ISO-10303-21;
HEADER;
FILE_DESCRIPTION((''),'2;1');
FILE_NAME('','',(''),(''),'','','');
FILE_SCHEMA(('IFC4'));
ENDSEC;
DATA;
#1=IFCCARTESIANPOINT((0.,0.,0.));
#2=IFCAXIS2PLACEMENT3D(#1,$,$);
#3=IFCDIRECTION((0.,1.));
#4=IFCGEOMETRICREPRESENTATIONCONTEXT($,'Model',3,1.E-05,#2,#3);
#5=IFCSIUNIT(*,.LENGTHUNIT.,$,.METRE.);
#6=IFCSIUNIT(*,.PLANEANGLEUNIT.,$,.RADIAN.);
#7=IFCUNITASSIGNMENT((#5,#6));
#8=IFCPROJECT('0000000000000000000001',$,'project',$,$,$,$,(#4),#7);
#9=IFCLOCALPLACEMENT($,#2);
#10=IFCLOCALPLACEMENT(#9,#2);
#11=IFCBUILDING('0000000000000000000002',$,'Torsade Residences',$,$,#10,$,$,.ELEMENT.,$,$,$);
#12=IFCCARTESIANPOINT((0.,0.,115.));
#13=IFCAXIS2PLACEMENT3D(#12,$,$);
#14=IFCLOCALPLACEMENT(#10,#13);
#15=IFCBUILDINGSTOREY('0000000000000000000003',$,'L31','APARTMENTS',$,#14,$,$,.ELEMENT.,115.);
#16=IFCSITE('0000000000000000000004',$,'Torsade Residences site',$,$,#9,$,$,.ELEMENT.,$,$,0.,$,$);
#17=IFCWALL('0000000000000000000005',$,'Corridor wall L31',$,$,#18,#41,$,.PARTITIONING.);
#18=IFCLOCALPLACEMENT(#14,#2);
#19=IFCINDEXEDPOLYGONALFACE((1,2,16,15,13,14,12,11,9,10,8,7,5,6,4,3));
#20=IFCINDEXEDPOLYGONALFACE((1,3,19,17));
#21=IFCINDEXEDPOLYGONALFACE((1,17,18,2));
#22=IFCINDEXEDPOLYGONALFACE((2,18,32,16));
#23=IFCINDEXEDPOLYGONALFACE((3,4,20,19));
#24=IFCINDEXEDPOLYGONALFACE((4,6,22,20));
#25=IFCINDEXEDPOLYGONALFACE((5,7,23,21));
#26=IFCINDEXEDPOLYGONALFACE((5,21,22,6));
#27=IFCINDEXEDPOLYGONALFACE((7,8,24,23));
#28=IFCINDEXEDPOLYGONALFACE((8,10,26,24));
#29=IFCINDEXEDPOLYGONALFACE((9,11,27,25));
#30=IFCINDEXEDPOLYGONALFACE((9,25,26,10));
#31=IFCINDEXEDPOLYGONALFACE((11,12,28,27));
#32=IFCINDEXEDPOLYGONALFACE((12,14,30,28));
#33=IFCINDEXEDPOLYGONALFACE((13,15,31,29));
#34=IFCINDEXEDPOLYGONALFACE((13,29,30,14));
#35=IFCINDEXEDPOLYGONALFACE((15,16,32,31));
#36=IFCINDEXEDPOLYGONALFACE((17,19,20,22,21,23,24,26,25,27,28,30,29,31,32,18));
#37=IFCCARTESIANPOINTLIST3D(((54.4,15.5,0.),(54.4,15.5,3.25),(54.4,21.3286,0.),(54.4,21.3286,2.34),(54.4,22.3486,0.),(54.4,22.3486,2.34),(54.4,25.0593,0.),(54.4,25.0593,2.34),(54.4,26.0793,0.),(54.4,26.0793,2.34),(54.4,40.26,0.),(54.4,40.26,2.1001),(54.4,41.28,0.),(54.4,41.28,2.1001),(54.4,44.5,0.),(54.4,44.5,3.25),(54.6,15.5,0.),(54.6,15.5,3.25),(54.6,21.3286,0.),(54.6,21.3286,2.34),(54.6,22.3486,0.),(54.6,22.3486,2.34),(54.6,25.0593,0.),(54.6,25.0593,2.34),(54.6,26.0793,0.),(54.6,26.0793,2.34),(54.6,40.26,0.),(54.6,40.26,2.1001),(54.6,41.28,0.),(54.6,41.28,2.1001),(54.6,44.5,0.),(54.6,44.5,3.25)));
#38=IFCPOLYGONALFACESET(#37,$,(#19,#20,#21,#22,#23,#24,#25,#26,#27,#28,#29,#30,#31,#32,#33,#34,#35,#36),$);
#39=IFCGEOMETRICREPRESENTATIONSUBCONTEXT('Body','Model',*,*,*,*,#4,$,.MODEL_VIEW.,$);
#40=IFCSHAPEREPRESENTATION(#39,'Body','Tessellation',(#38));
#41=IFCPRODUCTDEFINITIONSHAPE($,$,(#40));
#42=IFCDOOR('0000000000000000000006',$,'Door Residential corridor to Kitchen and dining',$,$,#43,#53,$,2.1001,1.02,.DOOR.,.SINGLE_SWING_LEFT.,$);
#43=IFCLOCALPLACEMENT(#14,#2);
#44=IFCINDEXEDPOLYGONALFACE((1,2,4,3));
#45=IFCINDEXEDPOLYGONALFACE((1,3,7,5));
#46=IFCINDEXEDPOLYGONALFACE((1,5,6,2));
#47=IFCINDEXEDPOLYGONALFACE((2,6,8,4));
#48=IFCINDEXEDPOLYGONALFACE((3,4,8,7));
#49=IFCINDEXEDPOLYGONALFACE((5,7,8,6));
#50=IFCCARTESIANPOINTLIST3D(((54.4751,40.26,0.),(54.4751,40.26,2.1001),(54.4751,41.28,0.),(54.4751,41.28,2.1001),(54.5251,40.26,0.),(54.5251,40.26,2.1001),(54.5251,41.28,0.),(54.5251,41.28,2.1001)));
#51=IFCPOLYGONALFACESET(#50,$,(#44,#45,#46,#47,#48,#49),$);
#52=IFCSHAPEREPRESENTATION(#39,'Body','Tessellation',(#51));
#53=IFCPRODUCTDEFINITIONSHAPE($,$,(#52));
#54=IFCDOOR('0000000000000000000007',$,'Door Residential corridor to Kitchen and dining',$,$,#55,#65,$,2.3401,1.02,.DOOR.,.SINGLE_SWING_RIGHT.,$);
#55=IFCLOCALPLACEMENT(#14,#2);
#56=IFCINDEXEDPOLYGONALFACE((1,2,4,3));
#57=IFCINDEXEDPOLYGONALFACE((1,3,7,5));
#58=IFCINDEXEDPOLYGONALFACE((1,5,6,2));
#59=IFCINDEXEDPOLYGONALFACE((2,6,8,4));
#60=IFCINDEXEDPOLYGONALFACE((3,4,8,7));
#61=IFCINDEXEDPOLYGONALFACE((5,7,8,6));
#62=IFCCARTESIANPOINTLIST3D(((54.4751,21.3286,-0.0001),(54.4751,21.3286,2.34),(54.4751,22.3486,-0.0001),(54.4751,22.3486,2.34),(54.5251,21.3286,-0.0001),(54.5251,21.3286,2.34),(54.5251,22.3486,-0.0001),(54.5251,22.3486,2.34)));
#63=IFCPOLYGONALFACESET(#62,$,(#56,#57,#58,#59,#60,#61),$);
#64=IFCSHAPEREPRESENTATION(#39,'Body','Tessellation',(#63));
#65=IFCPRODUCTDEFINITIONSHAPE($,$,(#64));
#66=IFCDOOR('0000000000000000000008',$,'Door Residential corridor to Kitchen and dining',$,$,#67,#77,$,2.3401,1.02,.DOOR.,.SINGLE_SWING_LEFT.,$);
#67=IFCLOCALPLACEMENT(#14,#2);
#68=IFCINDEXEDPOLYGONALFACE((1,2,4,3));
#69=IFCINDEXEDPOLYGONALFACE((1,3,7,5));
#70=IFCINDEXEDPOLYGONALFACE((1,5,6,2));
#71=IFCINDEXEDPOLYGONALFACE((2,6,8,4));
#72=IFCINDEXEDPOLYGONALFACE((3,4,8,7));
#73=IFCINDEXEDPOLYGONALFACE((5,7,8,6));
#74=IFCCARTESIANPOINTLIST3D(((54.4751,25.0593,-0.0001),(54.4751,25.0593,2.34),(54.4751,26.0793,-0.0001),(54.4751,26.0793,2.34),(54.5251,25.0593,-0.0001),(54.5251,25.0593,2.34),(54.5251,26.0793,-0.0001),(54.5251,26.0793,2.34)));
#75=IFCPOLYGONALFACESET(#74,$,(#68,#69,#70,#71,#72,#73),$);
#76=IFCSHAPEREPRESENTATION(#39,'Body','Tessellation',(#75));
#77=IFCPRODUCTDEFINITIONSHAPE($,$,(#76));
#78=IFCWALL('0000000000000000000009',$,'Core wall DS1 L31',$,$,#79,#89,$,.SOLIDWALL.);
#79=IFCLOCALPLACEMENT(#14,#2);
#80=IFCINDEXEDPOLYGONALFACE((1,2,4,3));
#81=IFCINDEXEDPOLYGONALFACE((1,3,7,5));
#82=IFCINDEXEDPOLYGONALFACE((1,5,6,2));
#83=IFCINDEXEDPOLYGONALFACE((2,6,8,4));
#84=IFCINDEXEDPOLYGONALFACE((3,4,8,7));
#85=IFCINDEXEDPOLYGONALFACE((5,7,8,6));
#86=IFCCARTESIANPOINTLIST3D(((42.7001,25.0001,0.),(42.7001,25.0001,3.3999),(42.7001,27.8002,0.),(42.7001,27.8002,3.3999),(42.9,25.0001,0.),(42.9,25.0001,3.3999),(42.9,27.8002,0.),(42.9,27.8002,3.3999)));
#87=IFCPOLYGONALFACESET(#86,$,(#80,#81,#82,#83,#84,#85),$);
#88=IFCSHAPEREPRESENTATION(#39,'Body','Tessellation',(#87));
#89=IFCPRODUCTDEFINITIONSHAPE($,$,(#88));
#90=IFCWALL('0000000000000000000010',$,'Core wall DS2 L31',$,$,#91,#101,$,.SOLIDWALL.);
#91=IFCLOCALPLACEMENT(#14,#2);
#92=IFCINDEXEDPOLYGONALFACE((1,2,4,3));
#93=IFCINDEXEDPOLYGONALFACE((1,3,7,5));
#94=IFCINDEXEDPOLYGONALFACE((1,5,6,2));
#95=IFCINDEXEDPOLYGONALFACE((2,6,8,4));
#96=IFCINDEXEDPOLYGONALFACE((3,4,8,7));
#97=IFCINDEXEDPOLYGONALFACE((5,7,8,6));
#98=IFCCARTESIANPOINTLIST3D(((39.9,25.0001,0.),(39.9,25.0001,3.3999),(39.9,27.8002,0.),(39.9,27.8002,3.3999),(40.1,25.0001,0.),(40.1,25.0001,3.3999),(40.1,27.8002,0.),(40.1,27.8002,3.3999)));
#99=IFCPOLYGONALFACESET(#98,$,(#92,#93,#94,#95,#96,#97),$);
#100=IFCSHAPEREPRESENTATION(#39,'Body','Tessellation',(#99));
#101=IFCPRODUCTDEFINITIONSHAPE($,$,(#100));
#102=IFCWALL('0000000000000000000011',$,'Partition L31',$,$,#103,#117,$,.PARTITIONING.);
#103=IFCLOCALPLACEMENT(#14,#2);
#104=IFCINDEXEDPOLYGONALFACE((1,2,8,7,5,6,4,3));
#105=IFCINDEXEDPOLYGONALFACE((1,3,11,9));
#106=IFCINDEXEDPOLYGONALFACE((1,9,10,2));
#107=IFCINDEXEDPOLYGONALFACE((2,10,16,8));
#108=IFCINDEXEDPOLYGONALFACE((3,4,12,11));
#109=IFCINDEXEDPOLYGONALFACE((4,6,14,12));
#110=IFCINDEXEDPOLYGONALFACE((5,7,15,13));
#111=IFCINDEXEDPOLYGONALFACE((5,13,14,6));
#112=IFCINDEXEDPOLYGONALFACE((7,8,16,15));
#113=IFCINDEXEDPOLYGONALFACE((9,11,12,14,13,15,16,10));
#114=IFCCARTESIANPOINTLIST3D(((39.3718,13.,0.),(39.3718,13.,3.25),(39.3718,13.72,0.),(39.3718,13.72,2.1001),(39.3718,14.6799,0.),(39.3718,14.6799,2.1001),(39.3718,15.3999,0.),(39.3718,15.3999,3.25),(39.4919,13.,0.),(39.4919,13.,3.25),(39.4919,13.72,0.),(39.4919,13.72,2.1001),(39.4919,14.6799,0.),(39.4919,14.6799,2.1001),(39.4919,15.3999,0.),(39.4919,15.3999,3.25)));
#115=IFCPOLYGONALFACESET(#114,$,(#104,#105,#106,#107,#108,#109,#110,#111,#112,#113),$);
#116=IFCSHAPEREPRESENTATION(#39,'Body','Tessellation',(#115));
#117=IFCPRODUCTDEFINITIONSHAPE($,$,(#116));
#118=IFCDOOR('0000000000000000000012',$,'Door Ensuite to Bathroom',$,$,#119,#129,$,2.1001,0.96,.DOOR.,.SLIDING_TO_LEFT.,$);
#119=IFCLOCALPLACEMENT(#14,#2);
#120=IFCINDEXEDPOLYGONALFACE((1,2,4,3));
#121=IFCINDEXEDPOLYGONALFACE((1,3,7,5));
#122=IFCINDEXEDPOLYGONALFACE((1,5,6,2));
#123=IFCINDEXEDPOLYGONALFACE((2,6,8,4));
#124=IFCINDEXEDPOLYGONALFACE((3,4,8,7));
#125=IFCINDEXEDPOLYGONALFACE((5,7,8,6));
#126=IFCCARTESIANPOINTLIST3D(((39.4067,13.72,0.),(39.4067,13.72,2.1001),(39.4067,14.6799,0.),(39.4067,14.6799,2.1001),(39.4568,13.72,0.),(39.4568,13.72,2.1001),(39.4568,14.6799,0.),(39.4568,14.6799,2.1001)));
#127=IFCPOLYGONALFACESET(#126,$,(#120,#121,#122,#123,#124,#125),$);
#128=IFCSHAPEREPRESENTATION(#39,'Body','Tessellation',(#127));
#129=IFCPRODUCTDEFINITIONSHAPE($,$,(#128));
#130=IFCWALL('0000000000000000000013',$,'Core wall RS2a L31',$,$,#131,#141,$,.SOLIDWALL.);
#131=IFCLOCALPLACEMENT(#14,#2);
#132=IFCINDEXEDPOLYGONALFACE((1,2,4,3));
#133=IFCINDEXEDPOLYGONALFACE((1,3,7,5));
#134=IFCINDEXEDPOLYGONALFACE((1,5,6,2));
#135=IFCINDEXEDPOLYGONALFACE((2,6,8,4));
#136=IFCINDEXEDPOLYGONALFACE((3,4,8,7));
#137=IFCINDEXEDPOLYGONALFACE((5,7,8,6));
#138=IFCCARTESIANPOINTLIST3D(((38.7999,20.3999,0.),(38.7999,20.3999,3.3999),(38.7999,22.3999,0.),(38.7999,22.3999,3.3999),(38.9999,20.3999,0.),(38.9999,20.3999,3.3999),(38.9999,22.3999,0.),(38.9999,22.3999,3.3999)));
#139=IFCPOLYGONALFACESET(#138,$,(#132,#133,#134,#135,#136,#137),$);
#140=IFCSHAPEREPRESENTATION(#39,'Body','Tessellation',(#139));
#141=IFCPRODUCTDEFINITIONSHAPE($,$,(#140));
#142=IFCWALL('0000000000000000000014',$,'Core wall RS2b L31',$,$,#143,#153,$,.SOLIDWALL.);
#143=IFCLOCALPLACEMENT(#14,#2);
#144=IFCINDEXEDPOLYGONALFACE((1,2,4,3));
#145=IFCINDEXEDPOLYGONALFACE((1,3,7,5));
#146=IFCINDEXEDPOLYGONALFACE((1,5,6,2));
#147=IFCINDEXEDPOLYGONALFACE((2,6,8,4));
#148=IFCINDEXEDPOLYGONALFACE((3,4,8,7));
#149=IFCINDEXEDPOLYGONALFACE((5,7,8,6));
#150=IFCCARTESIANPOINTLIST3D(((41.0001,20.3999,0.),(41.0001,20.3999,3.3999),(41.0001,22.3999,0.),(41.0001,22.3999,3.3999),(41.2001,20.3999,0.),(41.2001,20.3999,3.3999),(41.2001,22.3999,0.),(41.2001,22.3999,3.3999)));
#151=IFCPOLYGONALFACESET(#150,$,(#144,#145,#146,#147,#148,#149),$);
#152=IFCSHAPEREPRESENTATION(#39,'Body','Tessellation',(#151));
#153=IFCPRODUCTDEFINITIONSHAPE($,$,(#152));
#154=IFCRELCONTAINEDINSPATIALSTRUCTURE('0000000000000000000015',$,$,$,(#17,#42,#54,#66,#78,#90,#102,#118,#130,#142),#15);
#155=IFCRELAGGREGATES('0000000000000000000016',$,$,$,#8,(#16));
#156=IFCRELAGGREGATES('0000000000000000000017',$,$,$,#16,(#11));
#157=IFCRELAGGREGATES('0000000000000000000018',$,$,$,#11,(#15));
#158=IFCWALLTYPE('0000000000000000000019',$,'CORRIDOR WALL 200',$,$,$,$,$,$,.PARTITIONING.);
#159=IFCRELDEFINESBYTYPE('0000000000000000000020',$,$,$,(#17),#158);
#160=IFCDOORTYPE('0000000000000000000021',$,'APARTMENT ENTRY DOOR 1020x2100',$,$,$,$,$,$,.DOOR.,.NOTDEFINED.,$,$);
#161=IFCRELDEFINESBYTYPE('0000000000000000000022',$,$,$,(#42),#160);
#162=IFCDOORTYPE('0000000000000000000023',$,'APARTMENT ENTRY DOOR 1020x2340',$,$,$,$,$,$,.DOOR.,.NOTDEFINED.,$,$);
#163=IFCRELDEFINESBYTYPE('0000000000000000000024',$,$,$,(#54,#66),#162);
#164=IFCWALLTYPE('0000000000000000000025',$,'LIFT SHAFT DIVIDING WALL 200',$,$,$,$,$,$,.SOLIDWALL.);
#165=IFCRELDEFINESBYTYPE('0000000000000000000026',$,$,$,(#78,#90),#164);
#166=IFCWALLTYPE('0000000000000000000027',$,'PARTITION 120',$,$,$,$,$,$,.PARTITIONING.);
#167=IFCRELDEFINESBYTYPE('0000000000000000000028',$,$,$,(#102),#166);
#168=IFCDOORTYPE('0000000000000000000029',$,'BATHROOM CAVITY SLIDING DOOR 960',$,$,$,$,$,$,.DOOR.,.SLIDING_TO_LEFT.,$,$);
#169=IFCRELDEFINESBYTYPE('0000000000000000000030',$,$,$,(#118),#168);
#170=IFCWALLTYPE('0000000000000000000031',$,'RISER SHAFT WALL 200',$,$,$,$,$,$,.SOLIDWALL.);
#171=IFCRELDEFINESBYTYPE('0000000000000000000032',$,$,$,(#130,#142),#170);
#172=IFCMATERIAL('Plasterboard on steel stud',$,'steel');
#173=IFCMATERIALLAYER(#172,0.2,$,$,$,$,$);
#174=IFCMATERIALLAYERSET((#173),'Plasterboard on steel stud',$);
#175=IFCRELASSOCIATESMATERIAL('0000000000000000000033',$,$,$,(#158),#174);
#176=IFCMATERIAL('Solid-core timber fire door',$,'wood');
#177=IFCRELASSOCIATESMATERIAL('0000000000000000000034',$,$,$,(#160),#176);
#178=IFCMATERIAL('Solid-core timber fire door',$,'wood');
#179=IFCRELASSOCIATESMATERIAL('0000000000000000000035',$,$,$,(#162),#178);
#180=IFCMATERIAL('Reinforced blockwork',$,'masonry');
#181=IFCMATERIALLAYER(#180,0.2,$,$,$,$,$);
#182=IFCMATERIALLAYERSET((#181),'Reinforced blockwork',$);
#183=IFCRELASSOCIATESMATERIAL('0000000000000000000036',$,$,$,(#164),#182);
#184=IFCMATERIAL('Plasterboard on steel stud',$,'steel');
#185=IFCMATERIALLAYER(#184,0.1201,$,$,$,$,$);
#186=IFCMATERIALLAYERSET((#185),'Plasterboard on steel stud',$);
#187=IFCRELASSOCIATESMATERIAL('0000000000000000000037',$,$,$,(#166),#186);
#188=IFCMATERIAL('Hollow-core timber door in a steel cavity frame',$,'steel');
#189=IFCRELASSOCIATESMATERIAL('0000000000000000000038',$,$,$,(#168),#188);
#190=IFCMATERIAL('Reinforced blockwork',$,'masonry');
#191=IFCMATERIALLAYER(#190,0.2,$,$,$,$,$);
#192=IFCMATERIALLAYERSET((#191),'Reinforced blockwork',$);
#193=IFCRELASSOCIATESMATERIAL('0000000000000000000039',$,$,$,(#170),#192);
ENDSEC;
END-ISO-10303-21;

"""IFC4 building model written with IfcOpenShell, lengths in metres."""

from ifc_helpers import new_model, si_unit, direction, frame, frame_2d, origin, place, context, subcontext, project, spatial, rectangle, extrude, material, layer, layer_set, type_object, element, fill, save


model = new_model("IFC4")

# Units and contexts
model_context = context("Model", 3, precision=1e-05, world=origin(), true_north=direction((0.0, 1.0)))
body_context = subcontext(model_context, "Body", "Model", "MODEL_VIEW")
ifc_project = project(units=[si_unit("LENGTHUNIT", "METRE"), si_unit("PLANEANGLEUNIT", "RADIAN")], contexts=[model_context])

# Site, building, storey
site_placement = place(None, origin())
site = spatial("IfcSite", under=ifc_project, at=site_placement, Name="Torsade Residences site", CompositionType="ELEMENT", RefElevation=0.0)
building_placement = place(site_placement, origin())
building = spatial("IfcBuilding", under=site, at=building_placement, Name="Torsade Residences", CompositionType="ELEMENT")
storey_placement = place(building_placement, frame((0.0, 0.0, 115.0)))
storey = spatial("IfcBuildingStorey", under=building, at=storey_placement, Name="L31", Description="APARTMENTS", CompositionType="ELEMENT", Elevation=115.0)

# Wall, openings, doors
ifc_material_1 = material(Name="Plasterboard on steel stud", Category="steel")
ifc_layer_1 = layer(ifc_material_1, 0.2)
ifc_layer_set_1 = layer_set([ifc_layer_1], Name="Plasterboard on steel stud")
wall_type_1 = type_object("IfcWallType", Name="CORRIDOR WALL 200", PredefinedType="PARTITIONING", material=ifc_layer_set_1)
wall_1_placement = place(storey_placement, frame((54.5, 15.5, 0.0), z_axis=(0.0, 0.0, 1.0), x_axis=(0.0, 1.0, 0.0)))
wall_1 = element("IfcWall", 1, at=wall_1_placement, inside=storey, type_object=wall_type_1, Name="Corridor wall L31", PredefinedType="PARTITIONING", context=body_context, shape_type="SweptSolid", body=[
    extrude(rectangle(XDim=29.0, YDim=0.2, at=frame_2d((14.5, 0.0))), origin(), (0.0, 0.0, 1.0), 3.25),
])
opening_1_placement = place(wall_1_placement, frame((24.76, 0.0, 0.0)))
opening_1 = element("IfcOpeningElement", 2, at=opening_1_placement, cuts=wall_1, PredefinedType="OPENING", context=body_context, shape_type="SweptSolid", body=[
    extrude(rectangle(XDim=1.02, YDim=2.1001, at=frame_2d((0.51, 1.05))), frame((0.0, 0.1099, 0.0), z_axis=(0.0, -1.0, 0.0), x_axis=(1.0, 0.0, 0.0)), (0.0, 0.0, 1.0), 0.22),
])
opening_2_placement = place(wall_1_placement, frame((5.8286, 0.0, 0.0)))
opening_2 = element("IfcOpeningElement", 3, at=opening_2_placement, cuts=wall_1, PredefinedType="OPENING", context=body_context, shape_type="SweptSolid", body=[
    extrude(rectangle(XDim=1.02, YDim=2.3401, at=frame_2d((0.51, 1.1699))), frame((0.0, 0.1099, 0.0), z_axis=(0.0, -1.0, 0.0), x_axis=(1.0, 0.0, 0.0)), (0.0, 0.0, 1.0), 0.22),
])
opening_3_placement = place(wall_1_placement, frame((9.5593, 0.0, 0.0)))
opening_3 = element("IfcOpeningElement", 4, at=opening_3_placement, cuts=wall_1, PredefinedType="OPENING", context=body_context, shape_type="SweptSolid", body=[
    extrude(rectangle(XDim=1.02, YDim=2.3401, at=frame_2d((0.51, 1.1699))), frame((0.0, 0.1099, 0.0), z_axis=(0.0, -1.0, 0.0), x_axis=(1.0, 0.0, 0.0)), (0.0, 0.0, 1.0), 0.22),
])
ifc_material_2 = material(Name="Solid-core timber fire door", Category="wood")
door_type_1 = type_object("IfcDoorType", Name="APARTMENT ENTRY DOOR 1020x2100", OperationType="NOTDEFINED", PredefinedType="DOOR", material=ifc_material_2)
door_1_placement = place(opening_1_placement, origin())
door_1 = element("IfcDoor", 5, at=door_1_placement, inside=storey, type_object=door_type_1, Name="Door Residential corridor to Kitchen and dining", OperationType="SINGLE_SWING_LEFT", OverallHeight=2.1001, OverallWidth=1.02, PredefinedType="DOOR", context=body_context, shape_type="SweptSolid", body=[
    extrude(rectangle(XDim=1.02, YDim=2.1001, at=frame_2d((0.51, 1.05))), frame((0.0, 0.0249, 0.0), z_axis=(0.0, -1.0, 0.0), x_axis=(1.0, 0.0, 0.0)), (0.0, 0.0, 1.0), 0.05),
])
fill(opening_1, door_1)
ifc_material_3 = material(Name="Solid-core timber fire door", Category="wood")
door_type_2 = type_object("IfcDoorType", Name="APARTMENT ENTRY DOOR 1020x2340", OperationType="NOTDEFINED", PredefinedType="DOOR", material=ifc_material_3)
door_2_placement = place(opening_2_placement, origin())
door_2 = element("IfcDoor", 6, at=door_2_placement, inside=storey, type_object=door_type_2, Name="Door Residential corridor to Kitchen and dining", OperationType="SINGLE_SWING_RIGHT", OverallHeight=2.3401, OverallWidth=1.02, PredefinedType="DOOR", context=body_context, shape_type="SweptSolid", body=[
    extrude(rectangle(XDim=1.02, YDim=2.3401, at=frame_2d((0.51, 1.1699))), frame((0.0, 0.0249, 0.0), z_axis=(0.0, -1.0, 0.0), x_axis=(1.0, 0.0, 0.0)), (0.0, 0.0, 1.0), 0.05),
])
fill(opening_2, door_2)
door_3_placement = place(opening_3_placement, origin())
door_3 = element("IfcDoor", 7, at=door_3_placement, inside=storey, type_object=door_type_2, Name="Door Residential corridor to Kitchen and dining", OperationType="SINGLE_SWING_LEFT", OverallHeight=2.3401, OverallWidth=1.02, PredefinedType="DOOR", context=body_context, shape_type="SweptSolid", body=[
    extrude(rectangle(XDim=1.02, YDim=2.3401, at=frame_2d((0.51, 1.1699))), frame((0.0, 0.0249, 0.0), z_axis=(0.0, -1.0, 0.0), x_axis=(1.0, 0.0, 0.0)), (0.0, 0.0, 1.0), 0.05),
])
fill(opening_3, door_3)

# Walls
ifc_material_4 = material(Name="Reinforced blockwork", Category="masonry")
ifc_layer_2 = layer(ifc_material_4, 0.2)
ifc_layer_set_2 = layer_set([ifc_layer_2], Name="Reinforced blockwork")
wall_type_2 = type_object("IfcWallType", Name="LIFT SHAFT DIVIDING WALL 200", PredefinedType="SOLIDWALL", material=ifc_layer_set_2)
for number, where, z_axis, x_axis, name in (
    (8, (42.8, 27.8, 0.0), (0.0, 0.0, 1.0), (0.0, -1.0, 0.0), "Core wall DS1 L31"),
    (9, (40.0, 27.8, 0.0), (0.0, 0.0, 1.0), (0.0, -1.0, 0.0), "Core wall DS2 L31"),
):
    element("IfcWall", number, at=place(storey_placement, frame(where, z_axis=z_axis, x_axis=x_axis)), inside=storey, type_object=wall_type_2, Name=name, PredefinedType="SOLIDWALL", context=body_context, shape_type="SweptSolid", body=[
        extrude(rectangle(XDim=2.8, YDim=0.2, at=frame_2d((1.3999, 0.0))), origin(), (0.0, 0.0, 1.0), 3.3999),
    ])

# Wall, opening, door
ifc_material_5 = material(Name="Plasterboard on steel stud", Category="steel")
ifc_layer_3 = layer(ifc_material_5, 0.1201)
ifc_layer_set_3 = layer_set([ifc_layer_3], Name="Plasterboard on steel stud")
wall_type_3 = type_object("IfcWallType", Name="PARTITION 120", PredefinedType="PARTITIONING", material=ifc_layer_set_3)
wall_2_placement = place(storey_placement, frame((39.4319, 15.3999, 0.0), z_axis=(0.0, 0.0, 1.0), x_axis=(0.0, -1.0, 0.0)))
wall_2 = element("IfcWall", 10, at=wall_2_placement, inside=storey, type_object=wall_type_3, Name="Partition L31", PredefinedType="PARTITIONING", context=body_context, shape_type="SweptSolid", body=[
    extrude(rectangle(XDim=2.3999, YDim=0.1201, at=frame_2d((1.2, 0.0))), origin(), (0.0, 0.0, 1.0), 3.25),
])
opening_4_placement = place(wall_2_placement, frame((0.72, 0.0, 0.0)))
opening_4 = element("IfcOpeningElement", 11, at=opening_4_placement, cuts=wall_2, PredefinedType="OPENING", context=body_context, shape_type="SweptSolid", body=[
    extrude(rectangle(XDim=0.96, YDim=2.1001, at=frame_2d((0.48, 1.05))), frame((0.0, 0.0701, 0.0), z_axis=(0.0, -1.0, 0.0), x_axis=(1.0, 0.0, 0.0)), (0.0, 0.0, 1.0), 0.1401),
])
ifc_material_6 = material(Name="Hollow-core timber door in a steel cavity frame", Category="steel")
door_type_3 = type_object("IfcDoorType", Name="BATHROOM CAVITY SLIDING DOOR 960", OperationType="SLIDING_TO_LEFT", PredefinedType="DOOR", material=ifc_material_6)
door_4_placement = place(opening_4_placement, origin())
door_4 = element("IfcDoor", 12, at=door_4_placement, inside=storey, type_object=door_type_3, Name="Door Ensuite to Bathroom", OperationType="SLIDING_TO_LEFT", OverallHeight=2.1001, OverallWidth=0.96, PredefinedType="DOOR", context=body_context, shape_type="SweptSolid", body=[
    extrude(rectangle(XDim=0.96, YDim=2.1001, at=frame_2d((0.48, 1.05))), frame((0.0, 0.0249, 0.0), z_axis=(0.0, -1.0, 0.0), x_axis=(1.0, 0.0, 0.0)), (0.0, 0.0, 1.0), 0.05),
])
fill(opening_4, door_4)

# Walls
ifc_material_7 = material(Name="Reinforced blockwork", Category="masonry")
ifc_layer_4 = layer(ifc_material_7, 0.2)
ifc_layer_set_4 = layer_set([ifc_layer_4], Name="Reinforced blockwork")
wall_type_4 = type_object("IfcWallType", Name="RISER SHAFT WALL 200", PredefinedType="SOLIDWALL", material=ifc_layer_set_4)
for number, where, z_axis, x_axis, name in (
    (13, (38.8999, 22.3999, 0.0), (0.0, 0.0, 1.0), (0.0, -1.0, 0.0), "Core wall RS2a L31"),
    (14, (41.1001, 22.3999, 0.0), (0.0, 0.0, 1.0), (0.0, -1.0, 0.0), "Core wall RS2b L31"),
):
    element("IfcWall", number, at=place(storey_placement, frame(where, z_axis=z_axis, x_axis=x_axis)), inside=storey, type_object=wall_type_4, Name=name, PredefinedType="SOLIDWALL", context=body_context, shape_type="SweptSolid", body=[
        extrude(rectangle(XDim=2.0, YDim=0.2, at=frame_2d((1.0, 0.0))), origin(), (0.0, 0.0, 1.0), 3.3999),
    ])

save(model, "model.ifc")
